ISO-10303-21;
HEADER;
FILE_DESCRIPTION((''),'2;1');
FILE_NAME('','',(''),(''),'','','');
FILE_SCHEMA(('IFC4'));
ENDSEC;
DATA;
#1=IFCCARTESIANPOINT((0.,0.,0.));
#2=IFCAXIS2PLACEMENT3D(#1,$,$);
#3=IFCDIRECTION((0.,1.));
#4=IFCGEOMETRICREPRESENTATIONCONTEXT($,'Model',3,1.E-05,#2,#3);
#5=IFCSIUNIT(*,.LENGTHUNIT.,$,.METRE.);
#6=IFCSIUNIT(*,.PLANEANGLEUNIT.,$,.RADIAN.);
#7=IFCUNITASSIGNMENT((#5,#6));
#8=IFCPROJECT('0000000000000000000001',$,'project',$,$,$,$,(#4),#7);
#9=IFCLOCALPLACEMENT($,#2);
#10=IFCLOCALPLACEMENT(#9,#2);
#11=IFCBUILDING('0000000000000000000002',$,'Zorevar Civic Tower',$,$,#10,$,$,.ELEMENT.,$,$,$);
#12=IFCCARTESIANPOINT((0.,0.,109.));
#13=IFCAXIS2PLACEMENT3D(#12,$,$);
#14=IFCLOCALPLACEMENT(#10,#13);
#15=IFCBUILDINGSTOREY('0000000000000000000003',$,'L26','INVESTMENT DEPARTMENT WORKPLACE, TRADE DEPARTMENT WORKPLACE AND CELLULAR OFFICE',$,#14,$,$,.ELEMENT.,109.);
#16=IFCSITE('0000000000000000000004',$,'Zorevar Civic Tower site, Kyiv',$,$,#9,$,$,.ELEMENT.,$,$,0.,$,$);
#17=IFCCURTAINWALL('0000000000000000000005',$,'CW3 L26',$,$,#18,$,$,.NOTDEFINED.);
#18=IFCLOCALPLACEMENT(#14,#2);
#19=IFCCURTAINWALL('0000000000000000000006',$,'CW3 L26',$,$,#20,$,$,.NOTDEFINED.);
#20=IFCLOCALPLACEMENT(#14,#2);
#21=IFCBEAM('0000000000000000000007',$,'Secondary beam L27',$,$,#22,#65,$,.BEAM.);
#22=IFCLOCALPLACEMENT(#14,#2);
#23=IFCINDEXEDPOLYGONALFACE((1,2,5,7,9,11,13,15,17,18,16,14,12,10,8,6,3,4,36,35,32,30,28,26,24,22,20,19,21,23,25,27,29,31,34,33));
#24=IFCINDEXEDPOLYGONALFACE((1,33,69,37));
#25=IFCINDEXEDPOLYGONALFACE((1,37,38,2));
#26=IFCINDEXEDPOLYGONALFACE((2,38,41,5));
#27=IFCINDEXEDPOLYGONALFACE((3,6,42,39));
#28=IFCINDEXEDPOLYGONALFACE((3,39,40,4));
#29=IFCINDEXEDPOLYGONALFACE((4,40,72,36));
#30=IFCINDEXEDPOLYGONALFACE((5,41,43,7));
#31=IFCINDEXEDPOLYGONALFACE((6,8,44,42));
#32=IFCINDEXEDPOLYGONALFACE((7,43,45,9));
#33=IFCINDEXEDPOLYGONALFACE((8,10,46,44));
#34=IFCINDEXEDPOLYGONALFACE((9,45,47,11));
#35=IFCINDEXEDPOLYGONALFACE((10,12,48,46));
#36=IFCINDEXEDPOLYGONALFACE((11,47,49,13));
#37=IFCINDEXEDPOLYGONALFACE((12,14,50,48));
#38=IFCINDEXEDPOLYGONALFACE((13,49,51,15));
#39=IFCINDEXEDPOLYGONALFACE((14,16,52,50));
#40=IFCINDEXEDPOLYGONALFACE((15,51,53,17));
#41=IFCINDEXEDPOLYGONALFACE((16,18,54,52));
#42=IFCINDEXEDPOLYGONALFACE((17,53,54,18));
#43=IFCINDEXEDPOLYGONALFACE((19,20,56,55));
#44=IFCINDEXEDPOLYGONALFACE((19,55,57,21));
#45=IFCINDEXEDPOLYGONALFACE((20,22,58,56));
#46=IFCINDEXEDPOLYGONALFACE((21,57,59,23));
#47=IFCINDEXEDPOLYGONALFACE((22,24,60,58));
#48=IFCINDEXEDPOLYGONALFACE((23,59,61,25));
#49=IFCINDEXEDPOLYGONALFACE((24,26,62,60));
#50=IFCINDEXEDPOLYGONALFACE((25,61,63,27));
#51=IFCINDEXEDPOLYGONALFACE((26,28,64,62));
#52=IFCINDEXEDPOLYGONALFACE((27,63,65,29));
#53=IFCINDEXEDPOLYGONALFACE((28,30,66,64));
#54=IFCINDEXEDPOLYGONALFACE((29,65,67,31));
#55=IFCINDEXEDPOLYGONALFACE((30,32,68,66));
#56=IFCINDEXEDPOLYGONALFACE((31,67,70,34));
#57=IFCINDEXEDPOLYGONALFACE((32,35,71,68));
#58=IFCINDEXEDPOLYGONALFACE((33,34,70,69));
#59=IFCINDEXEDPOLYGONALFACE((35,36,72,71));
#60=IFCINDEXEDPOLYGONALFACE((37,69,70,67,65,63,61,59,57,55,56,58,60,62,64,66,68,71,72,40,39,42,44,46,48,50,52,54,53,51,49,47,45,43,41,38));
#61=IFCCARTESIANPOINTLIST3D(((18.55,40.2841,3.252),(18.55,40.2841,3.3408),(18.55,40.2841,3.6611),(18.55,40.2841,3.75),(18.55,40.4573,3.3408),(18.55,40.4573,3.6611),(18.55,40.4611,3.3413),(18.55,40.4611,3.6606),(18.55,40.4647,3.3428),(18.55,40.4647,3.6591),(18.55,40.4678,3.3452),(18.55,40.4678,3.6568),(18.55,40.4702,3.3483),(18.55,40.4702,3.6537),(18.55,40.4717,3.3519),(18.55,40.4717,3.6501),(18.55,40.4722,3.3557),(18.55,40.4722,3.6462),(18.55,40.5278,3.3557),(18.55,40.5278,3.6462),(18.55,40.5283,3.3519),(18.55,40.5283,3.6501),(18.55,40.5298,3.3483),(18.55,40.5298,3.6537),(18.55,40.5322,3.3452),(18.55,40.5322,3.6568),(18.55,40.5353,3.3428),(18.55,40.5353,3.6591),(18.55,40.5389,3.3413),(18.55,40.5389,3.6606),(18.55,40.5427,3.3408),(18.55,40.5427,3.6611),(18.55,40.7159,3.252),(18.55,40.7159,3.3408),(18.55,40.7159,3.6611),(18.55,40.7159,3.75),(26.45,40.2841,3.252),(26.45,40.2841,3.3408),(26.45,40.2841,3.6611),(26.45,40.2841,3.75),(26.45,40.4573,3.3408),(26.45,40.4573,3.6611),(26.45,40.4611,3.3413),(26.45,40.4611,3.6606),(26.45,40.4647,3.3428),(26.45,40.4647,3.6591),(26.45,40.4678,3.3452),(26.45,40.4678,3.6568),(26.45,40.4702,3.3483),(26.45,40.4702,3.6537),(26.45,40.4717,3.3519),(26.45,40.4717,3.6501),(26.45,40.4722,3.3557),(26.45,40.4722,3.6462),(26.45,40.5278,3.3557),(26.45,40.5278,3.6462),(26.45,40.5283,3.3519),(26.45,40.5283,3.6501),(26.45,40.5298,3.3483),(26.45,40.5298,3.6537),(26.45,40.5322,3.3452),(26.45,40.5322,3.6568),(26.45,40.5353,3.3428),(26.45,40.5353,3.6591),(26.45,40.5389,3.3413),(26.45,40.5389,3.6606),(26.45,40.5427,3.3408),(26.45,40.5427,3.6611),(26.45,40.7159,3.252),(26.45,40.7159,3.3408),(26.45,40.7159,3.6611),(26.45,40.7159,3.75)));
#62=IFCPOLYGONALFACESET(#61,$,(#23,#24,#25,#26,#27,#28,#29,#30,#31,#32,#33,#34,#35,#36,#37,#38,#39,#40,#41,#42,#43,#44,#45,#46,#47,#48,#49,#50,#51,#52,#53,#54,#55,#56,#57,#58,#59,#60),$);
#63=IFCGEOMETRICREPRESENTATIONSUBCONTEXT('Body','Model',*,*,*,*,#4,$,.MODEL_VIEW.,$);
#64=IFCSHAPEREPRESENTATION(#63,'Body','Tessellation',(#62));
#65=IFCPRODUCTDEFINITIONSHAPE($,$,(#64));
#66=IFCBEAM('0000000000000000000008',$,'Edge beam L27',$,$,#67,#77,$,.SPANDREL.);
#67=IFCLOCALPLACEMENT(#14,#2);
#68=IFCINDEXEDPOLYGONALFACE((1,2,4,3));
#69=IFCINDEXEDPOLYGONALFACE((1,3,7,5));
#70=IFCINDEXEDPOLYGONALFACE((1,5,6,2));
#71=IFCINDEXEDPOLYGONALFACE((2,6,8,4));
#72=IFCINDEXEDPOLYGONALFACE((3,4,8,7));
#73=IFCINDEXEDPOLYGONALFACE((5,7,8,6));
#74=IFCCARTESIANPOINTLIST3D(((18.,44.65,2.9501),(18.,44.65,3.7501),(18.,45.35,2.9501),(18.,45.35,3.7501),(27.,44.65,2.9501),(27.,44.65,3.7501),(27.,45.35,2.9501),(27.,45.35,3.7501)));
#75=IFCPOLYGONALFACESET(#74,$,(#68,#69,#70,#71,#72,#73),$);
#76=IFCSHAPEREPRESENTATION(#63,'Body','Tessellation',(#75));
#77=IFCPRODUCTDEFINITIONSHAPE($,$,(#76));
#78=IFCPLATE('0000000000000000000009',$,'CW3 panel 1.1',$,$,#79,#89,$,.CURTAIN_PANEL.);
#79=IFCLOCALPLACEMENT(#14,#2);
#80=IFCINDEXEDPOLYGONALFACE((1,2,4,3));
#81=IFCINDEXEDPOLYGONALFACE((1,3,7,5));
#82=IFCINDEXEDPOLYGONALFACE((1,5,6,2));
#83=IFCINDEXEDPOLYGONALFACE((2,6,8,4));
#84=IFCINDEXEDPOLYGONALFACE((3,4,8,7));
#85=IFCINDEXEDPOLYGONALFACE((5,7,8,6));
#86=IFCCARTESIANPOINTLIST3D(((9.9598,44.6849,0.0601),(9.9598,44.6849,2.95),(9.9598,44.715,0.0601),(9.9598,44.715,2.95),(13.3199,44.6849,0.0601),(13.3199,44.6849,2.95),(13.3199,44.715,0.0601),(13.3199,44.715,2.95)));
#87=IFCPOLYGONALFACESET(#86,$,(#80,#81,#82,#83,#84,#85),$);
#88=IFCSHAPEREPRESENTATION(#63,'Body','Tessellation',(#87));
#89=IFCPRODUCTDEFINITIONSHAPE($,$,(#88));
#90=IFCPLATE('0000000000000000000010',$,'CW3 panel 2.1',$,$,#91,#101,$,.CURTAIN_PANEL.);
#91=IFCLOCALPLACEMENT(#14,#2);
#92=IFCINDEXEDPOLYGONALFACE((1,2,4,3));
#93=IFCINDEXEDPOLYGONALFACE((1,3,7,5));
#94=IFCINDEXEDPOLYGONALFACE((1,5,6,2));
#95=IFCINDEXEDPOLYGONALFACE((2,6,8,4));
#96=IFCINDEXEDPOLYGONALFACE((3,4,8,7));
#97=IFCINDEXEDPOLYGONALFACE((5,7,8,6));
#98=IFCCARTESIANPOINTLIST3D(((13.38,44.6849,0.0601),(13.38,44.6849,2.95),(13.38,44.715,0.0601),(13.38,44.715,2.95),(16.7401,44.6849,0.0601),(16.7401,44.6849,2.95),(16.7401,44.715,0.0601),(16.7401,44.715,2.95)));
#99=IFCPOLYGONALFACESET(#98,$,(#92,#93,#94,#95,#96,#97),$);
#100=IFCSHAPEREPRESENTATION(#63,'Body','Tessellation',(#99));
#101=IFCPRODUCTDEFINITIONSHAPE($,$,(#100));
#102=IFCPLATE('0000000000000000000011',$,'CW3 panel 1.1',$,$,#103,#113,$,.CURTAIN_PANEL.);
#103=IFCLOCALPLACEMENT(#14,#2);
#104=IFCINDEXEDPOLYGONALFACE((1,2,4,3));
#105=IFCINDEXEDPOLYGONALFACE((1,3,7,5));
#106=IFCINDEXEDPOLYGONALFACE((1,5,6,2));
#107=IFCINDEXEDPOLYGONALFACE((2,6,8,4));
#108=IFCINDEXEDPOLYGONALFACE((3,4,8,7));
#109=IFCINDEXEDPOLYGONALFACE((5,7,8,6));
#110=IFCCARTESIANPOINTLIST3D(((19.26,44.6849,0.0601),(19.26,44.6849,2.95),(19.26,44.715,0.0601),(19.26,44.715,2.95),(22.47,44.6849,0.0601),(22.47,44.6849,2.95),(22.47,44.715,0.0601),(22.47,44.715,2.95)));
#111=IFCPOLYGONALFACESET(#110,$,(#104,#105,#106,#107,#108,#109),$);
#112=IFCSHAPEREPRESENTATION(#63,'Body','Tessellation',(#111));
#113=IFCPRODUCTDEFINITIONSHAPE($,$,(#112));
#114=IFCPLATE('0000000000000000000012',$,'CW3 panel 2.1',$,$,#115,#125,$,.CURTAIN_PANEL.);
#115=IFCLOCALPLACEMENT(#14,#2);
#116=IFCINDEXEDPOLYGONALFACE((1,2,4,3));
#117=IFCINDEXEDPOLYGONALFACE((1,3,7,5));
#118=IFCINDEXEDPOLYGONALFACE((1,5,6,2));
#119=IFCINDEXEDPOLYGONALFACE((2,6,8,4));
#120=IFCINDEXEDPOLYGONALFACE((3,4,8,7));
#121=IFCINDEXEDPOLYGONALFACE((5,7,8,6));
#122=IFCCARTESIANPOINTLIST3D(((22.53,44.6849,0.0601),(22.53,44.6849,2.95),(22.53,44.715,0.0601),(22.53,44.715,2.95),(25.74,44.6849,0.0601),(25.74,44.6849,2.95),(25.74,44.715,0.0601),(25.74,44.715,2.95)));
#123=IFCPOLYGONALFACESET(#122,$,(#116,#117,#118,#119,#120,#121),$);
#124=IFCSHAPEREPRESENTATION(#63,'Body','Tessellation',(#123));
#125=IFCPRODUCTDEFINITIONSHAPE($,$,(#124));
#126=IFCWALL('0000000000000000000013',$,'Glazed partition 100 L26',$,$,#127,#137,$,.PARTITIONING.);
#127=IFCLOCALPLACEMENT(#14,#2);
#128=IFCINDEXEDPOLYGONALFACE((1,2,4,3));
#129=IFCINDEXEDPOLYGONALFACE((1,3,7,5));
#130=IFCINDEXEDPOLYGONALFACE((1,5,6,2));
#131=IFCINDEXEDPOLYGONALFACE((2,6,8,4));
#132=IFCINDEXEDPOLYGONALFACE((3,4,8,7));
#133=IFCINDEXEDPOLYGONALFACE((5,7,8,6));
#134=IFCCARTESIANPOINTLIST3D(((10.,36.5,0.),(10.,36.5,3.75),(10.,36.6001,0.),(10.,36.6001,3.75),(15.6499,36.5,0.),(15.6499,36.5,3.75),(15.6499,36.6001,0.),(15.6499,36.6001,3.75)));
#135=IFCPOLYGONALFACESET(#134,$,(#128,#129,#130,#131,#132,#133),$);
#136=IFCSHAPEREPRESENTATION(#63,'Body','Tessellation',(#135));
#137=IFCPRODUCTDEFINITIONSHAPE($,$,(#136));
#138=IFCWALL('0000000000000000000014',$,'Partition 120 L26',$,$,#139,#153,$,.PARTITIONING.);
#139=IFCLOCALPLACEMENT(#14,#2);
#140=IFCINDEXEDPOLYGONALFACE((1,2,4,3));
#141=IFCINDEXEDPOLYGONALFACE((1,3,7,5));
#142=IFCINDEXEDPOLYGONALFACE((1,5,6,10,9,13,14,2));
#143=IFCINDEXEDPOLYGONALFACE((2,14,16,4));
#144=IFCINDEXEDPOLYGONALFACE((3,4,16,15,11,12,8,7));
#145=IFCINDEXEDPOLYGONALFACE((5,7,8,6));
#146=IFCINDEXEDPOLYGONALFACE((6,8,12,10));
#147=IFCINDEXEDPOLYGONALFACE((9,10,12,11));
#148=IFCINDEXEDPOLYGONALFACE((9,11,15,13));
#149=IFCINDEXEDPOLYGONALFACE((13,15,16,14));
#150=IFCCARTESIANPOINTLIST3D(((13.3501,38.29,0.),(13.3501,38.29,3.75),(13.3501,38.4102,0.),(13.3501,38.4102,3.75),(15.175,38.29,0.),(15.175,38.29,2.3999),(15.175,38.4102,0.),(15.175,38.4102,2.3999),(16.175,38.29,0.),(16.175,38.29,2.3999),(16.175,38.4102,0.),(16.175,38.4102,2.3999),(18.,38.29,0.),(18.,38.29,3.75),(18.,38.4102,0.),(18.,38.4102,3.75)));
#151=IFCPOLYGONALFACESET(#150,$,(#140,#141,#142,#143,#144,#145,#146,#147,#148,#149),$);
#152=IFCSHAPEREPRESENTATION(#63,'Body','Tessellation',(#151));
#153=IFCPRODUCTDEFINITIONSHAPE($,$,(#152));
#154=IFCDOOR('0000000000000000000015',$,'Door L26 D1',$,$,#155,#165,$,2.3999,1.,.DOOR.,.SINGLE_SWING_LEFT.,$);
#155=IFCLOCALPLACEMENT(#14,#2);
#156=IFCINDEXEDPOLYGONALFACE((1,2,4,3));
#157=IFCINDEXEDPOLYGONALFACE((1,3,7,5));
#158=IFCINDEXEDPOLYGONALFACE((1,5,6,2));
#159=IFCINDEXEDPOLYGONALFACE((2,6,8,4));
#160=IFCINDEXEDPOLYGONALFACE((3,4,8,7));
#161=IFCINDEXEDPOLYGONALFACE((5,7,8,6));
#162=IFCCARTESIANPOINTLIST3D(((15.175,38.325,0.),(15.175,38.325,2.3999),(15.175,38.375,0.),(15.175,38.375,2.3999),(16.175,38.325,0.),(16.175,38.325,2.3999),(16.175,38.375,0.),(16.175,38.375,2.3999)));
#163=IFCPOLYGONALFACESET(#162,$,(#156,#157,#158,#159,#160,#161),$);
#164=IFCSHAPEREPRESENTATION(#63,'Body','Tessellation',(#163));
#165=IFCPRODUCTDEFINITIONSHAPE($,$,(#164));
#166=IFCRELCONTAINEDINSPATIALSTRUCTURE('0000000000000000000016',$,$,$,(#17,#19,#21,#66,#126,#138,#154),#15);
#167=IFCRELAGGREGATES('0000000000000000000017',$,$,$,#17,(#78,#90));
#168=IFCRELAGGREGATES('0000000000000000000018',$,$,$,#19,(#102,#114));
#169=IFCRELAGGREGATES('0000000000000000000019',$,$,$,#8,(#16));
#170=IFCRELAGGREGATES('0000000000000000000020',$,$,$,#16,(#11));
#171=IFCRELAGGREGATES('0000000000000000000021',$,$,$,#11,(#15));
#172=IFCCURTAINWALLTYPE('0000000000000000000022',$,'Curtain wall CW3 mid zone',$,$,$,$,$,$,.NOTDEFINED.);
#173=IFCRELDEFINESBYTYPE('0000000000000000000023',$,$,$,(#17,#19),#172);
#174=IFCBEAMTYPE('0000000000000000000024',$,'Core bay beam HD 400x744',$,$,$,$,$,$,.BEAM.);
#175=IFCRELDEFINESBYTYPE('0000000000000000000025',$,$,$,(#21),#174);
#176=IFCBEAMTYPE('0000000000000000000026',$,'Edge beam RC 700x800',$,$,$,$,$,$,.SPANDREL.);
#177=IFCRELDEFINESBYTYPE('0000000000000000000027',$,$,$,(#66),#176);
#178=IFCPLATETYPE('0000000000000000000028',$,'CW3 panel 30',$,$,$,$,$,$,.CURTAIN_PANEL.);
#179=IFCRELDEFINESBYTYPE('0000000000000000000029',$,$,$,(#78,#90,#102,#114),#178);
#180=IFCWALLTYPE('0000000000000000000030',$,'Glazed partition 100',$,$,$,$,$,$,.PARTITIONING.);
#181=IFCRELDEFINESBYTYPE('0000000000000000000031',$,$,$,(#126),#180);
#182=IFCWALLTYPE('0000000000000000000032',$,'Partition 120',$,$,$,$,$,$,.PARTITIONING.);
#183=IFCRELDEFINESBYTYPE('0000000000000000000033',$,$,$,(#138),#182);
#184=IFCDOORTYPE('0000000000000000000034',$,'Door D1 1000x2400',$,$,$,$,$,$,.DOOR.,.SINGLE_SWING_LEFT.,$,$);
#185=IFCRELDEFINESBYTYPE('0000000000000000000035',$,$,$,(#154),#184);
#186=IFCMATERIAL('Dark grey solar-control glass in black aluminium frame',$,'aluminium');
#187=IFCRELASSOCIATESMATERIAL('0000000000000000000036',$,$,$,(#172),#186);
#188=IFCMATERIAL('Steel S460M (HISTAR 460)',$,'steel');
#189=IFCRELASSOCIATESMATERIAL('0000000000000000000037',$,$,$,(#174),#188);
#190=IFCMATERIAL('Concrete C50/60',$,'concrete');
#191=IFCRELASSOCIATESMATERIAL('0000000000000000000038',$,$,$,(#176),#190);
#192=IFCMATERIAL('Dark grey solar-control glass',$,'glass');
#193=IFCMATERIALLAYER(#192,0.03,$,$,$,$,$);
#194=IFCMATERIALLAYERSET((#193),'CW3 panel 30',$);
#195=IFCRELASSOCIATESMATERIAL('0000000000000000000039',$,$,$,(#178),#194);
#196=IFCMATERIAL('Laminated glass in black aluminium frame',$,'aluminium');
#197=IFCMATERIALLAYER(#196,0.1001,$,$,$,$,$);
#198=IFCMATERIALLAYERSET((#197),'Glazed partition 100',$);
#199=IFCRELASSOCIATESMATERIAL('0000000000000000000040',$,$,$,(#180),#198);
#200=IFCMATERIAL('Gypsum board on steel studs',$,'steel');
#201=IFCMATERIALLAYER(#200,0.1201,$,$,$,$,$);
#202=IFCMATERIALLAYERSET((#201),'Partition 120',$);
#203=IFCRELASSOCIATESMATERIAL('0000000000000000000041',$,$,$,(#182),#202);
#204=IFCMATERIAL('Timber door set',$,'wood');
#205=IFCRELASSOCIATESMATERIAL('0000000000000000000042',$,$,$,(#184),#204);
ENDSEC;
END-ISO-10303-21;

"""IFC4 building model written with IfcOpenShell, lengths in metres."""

from ifc_helpers import new_model, si_unit, direction, frame, frame_2d, origin, origin_2d, place, context, subcontext, project, spatial, rectangle, i_section, extrude, material, layer, layer_set, material_profile, profile_set, type_object, element, fill, aggregate, save


model = new_model("IFC4")

# Units and contexts
model_context = context("Model", 3, precision=1e-05, world=origin(), true_north=direction((0.0, 1.0)))
body_context = subcontext(model_context, "Body", "Model", "MODEL_VIEW")
ifc_project = project(units=[si_unit("LENGTHUNIT", "METRE"), si_unit("PLANEANGLEUNIT", "RADIAN")], contexts=[model_context])

# Site, building, storey
site_placement = place(None, origin())
site = spatial("IfcSite", under=ifc_project, at=site_placement, Name="Zorevar Civic Tower site, Kyiv", CompositionType="ELEMENT", RefElevation=0.0)
building_placement = place(site_placement, origin())
building = spatial("IfcBuilding", under=site, at=building_placement, Name="Zorevar Civic Tower", CompositionType="ELEMENT")
storey_placement = place(building_placement, frame((0.0, 0.0, 109.0)))
storey = spatial("IfcBuildingStorey", under=building, at=storey_placement, Name="L26", Description="INVESTMENT DEPARTMENT WORKPLACE, TRADE DEPARTMENT WORKPLACE AND CELLULAR OFFICE", CompositionType="ELEMENT", Elevation=109.0)

# Curtain walls
ifc_material_1 = material(Name="Dark grey solar-control glass in black aluminium frame", Category="aluminium")
curtain_wall_type = type_object("IfcCurtainWallType", Name="Curtain wall CW3 mid zone", PredefinedType="NOTDEFINED", material=ifc_material_1)
curtain_wall_1_placement = place(storey_placement, origin())
curtain_wall_1 = element("IfcCurtainWall", 1, at=curtain_wall_1_placement, inside=storey, type_object=curtain_wall_type, Name="CW3 L26", PredefinedType="NOTDEFINED")
curtain_wall_2_placement = place(storey_placement, origin())
curtain_wall_2 = element("IfcCurtainWall", 2, at=curtain_wall_2_placement, inside=storey, type_object=curtain_wall_type, Name="CW3 L26", PredefinedType="NOTDEFINED")

# Beams
ifc_material_2 = material(Name="Steel S460M (HISTAR 460)", Category="steel")
ifc_material_profile_1 = material_profile(ifc_material_2, i_section(OverallWidth=0.4319, OverallDepth=0.498, WebThickness=0.0557, FlangeThickness=0.0889, FilletRadius=0.0149, at=origin_2d()), Name="HD 400x744")
ifc_profile_set_1 = profile_set([ifc_material_profile_1], Name="Steel S460M (HISTAR 460)")
beam_type_1 = type_object("IfcBeamType", Name="Core bay beam HD 400x744", PredefinedType="BEAM", material=ifc_profile_set_1)
beam_1_placement = place(storey_placement, frame((18.55, 40.5, 3.501), z_axis=(1.0, 0.0, 0.0), x_axis=(0.0, 1.0, 0.0)))
element("IfcBeam", 3, at=beam_1_placement, inside=storey, type_object=beam_type_1, Name="Secondary beam L27", PredefinedType="BEAM", context=body_context, shape_type="SweptSolid", body=[
    extrude(i_section(OverallWidth=0.4319, OverallDepth=0.498, WebThickness=0.0557, FlangeThickness=0.0889, FilletRadius=0.0149, at=origin_2d()), origin(), (0.0, 0.0, 1.0), 7.8999),
])
ifc_material_3 = material(Name="Concrete C50/60", Category="concrete")
ifc_material_profile_2 = material_profile(ifc_material_3, rectangle(XDim=0.7, YDim=0.8, at=origin_2d()), Name="RC 700x800")
ifc_profile_set_2 = profile_set([ifc_material_profile_2], Name="Concrete C50/60")
beam_type_2 = type_object("IfcBeamType", Name="Edge beam RC 700x800", PredefinedType="SPANDREL", material=ifc_profile_set_2)
beam_2_placement = place(storey_placement, frame((18.0, 45.0, 3.3501), z_axis=(1.0, 0.0, 0.0), x_axis=(0.0, 1.0, 0.0)))
element("IfcBeam", 4, at=beam_2_placement, inside=storey, type_object=beam_type_2, Name="Edge beam L27", PredefinedType="SPANDREL", context=body_context, shape_type="SweptSolid", body=[
    extrude(rectangle(XDim=0.7, YDim=0.8, at=origin_2d()), origin(), (0.0, 0.0, 1.0), 9.0),
])

# Plates
ifc_material_4 = material(Name="Dark grey solar-control glass", Category="glass")
ifc_layer_1 = layer(ifc_material_4, 0.03)
ifc_layer_set_1 = layer_set([ifc_layer_1], Name="CW3 panel 30")
plate_type = type_object("IfcPlateType", Name="CW3 panel 30", PredefinedType="CURTAIN_PANEL", material=ifc_layer_set_1)
plate_1_placement = place(storey_placement, frame((11.6399, 44.7, 0.0601), z_axis=(0.0, 0.0, 1.0), x_axis=(1.0, 0.0, 0.0)))
plate_1 = element("IfcPlate", 5, at=plate_1_placement, type_object=plate_type, Name="CW3 panel 1.1", PredefinedType="CURTAIN_PANEL", context=body_context, shape_type="SweptSolid", body=[
    extrude(rectangle(XDim=3.3601, YDim=0.03, at=origin_2d()), origin(), (0.0, 0.0, 1.0), 2.8899),
])
plate_2_placement = place(storey_placement, frame((15.0601, 44.7, 0.0601), z_axis=(0.0, 0.0, 1.0), x_axis=(1.0, 0.0, 0.0)))
plate_2 = element("IfcPlate", 6, at=plate_2_placement, type_object=plate_type, Name="CW3 panel 2.1", PredefinedType="CURTAIN_PANEL", context=body_context, shape_type="SweptSolid", body=[
    extrude(rectangle(XDim=3.3601, YDim=0.03, at=origin_2d()), origin(), (0.0, 0.0, 1.0), 2.8899),
])
aggregate(curtain_wall_1, [plate_1, plate_2])
plate_3_placement = place(storey_placement, frame((20.865, 44.7, 0.0601), z_axis=(0.0, 0.0, 1.0), x_axis=(1.0, 0.0, 0.0)))
plate_3 = element("IfcPlate", 7, at=plate_3_placement, type_object=plate_type, Name="CW3 panel 1.1", PredefinedType="CURTAIN_PANEL", context=body_context, shape_type="SweptSolid", body=[
    extrude(rectangle(XDim=3.21, YDim=0.03, at=origin_2d()), origin(), (0.0, 0.0, 1.0), 2.8899),
])
plate_4_placement = place(storey_placement, frame((24.135, 44.7, 0.0601), z_axis=(0.0, 0.0, 1.0), x_axis=(1.0, 0.0, 0.0)))
plate_4 = element("IfcPlate", 8, at=plate_4_placement, type_object=plate_type, Name="CW3 panel 2.1", PredefinedType="CURTAIN_PANEL", context=body_context, shape_type="SweptSolid", body=[
    extrude(rectangle(XDim=3.21, YDim=0.03, at=origin_2d()), origin(), (0.0, 0.0, 1.0), 2.8899),
])
aggregate(curtain_wall_2, [plate_3, plate_4])

# Wall
ifc_material_5 = material(Name="Laminated glass in black aluminium frame", Category="aluminium")
ifc_layer_2 = layer(ifc_material_5, 0.1001)
ifc_layer_set_2 = layer_set([ifc_layer_2], Name="Glazed partition 100")
wall_type_1 = type_object("IfcWallType", Name="Glazed partition 100", PredefinedType="PARTITIONING", material=ifc_layer_set_2)
wall_1_placement = place(storey_placement, frame((10.0, 36.55, 0.0), z_axis=(0.0, 0.0, 1.0), x_axis=(1.0, 0.0, 0.0)))
element("IfcWall", 9, at=wall_1_placement, inside=storey, type_object=wall_type_1, Name="Glazed partition 100 L26", PredefinedType="PARTITIONING", context=body_context, shape_type="SweptSolid", body=[
    extrude(rectangle(XDim=5.6499, YDim=0.1001, at=frame_2d((2.825, 0.0))), origin(), (0.0, 0.0, 1.0), 3.75),
])

# Wall, opening, door
ifc_material_6 = material(Name="Gypsum board on steel studs", Category="steel")
ifc_layer_3 = layer(ifc_material_6, 0.1201)
ifc_layer_set_3 = layer_set([ifc_layer_3], Name="Partition 120")
wall_type_2 = type_object("IfcWallType", Name="Partition 120", PredefinedType="PARTITIONING", material=ifc_layer_set_3)
wall_2_placement = place(storey_placement, frame((13.3501, 38.3501, 0.0), z_axis=(0.0, 0.0, 1.0), x_axis=(1.0, 0.0, 0.0)))
wall_2 = element("IfcWall", 10, at=wall_2_placement, inside=storey, type_object=wall_type_2, Name="Partition 120 L26", PredefinedType="PARTITIONING", context=body_context, shape_type="SweptSolid", body=[
    extrude(rectangle(XDim=4.6499, YDim=0.1201, at=frame_2d((2.325, 0.0))), origin(), (0.0, 0.0, 1.0), 3.75),
])
opening_1_placement = place(wall_2_placement, frame((1.825, 0.0, 0.0)))
opening_1 = element("IfcOpeningElement", 11, at=opening_1_placement, cuts=wall_2, PredefinedType="OPENING", context=body_context, shape_type="SweptSolid", body=[
    extrude(rectangle(XDim=1.0, YDim=2.3999, at=frame_2d((0.5, 1.2))), frame((0.0, 0.0701, 0.0), z_axis=(0.0, -1.0, 0.0), x_axis=(1.0, 0.0, 0.0)), (0.0, 0.0, 1.0), 0.1401),
])
ifc_material_7 = material(Name="Timber door set", Category="wood")
door_type_1 = type_object("IfcDoorType", Name="Door D1 1000x2400", OperationType="SINGLE_SWING_LEFT", PredefinedType="DOOR", material=ifc_material_7)
door_1_placement = place(opening_1_placement, origin())
door_1 = element("IfcDoor", 12, at=door_1_placement, inside=storey, type_object=door_type_1, Name="Door L26 D1", OperationType="SINGLE_SWING_LEFT", OverallHeight=2.3999, OverallWidth=1.0, PredefinedType="DOOR", context=body_context, shape_type="SweptSolid", body=[
    extrude(rectangle(XDim=1.0, YDim=2.3999, at=frame_2d((0.5, 1.2))), frame((0.0, 0.0249, 0.0), z_axis=(0.0, -1.0, 0.0), x_axis=(1.0, 0.0, 0.0)), (0.0, 0.0, 1.0), 0.05),
])
fill(opening_1, door_1)

save(model, "model.ifc")
